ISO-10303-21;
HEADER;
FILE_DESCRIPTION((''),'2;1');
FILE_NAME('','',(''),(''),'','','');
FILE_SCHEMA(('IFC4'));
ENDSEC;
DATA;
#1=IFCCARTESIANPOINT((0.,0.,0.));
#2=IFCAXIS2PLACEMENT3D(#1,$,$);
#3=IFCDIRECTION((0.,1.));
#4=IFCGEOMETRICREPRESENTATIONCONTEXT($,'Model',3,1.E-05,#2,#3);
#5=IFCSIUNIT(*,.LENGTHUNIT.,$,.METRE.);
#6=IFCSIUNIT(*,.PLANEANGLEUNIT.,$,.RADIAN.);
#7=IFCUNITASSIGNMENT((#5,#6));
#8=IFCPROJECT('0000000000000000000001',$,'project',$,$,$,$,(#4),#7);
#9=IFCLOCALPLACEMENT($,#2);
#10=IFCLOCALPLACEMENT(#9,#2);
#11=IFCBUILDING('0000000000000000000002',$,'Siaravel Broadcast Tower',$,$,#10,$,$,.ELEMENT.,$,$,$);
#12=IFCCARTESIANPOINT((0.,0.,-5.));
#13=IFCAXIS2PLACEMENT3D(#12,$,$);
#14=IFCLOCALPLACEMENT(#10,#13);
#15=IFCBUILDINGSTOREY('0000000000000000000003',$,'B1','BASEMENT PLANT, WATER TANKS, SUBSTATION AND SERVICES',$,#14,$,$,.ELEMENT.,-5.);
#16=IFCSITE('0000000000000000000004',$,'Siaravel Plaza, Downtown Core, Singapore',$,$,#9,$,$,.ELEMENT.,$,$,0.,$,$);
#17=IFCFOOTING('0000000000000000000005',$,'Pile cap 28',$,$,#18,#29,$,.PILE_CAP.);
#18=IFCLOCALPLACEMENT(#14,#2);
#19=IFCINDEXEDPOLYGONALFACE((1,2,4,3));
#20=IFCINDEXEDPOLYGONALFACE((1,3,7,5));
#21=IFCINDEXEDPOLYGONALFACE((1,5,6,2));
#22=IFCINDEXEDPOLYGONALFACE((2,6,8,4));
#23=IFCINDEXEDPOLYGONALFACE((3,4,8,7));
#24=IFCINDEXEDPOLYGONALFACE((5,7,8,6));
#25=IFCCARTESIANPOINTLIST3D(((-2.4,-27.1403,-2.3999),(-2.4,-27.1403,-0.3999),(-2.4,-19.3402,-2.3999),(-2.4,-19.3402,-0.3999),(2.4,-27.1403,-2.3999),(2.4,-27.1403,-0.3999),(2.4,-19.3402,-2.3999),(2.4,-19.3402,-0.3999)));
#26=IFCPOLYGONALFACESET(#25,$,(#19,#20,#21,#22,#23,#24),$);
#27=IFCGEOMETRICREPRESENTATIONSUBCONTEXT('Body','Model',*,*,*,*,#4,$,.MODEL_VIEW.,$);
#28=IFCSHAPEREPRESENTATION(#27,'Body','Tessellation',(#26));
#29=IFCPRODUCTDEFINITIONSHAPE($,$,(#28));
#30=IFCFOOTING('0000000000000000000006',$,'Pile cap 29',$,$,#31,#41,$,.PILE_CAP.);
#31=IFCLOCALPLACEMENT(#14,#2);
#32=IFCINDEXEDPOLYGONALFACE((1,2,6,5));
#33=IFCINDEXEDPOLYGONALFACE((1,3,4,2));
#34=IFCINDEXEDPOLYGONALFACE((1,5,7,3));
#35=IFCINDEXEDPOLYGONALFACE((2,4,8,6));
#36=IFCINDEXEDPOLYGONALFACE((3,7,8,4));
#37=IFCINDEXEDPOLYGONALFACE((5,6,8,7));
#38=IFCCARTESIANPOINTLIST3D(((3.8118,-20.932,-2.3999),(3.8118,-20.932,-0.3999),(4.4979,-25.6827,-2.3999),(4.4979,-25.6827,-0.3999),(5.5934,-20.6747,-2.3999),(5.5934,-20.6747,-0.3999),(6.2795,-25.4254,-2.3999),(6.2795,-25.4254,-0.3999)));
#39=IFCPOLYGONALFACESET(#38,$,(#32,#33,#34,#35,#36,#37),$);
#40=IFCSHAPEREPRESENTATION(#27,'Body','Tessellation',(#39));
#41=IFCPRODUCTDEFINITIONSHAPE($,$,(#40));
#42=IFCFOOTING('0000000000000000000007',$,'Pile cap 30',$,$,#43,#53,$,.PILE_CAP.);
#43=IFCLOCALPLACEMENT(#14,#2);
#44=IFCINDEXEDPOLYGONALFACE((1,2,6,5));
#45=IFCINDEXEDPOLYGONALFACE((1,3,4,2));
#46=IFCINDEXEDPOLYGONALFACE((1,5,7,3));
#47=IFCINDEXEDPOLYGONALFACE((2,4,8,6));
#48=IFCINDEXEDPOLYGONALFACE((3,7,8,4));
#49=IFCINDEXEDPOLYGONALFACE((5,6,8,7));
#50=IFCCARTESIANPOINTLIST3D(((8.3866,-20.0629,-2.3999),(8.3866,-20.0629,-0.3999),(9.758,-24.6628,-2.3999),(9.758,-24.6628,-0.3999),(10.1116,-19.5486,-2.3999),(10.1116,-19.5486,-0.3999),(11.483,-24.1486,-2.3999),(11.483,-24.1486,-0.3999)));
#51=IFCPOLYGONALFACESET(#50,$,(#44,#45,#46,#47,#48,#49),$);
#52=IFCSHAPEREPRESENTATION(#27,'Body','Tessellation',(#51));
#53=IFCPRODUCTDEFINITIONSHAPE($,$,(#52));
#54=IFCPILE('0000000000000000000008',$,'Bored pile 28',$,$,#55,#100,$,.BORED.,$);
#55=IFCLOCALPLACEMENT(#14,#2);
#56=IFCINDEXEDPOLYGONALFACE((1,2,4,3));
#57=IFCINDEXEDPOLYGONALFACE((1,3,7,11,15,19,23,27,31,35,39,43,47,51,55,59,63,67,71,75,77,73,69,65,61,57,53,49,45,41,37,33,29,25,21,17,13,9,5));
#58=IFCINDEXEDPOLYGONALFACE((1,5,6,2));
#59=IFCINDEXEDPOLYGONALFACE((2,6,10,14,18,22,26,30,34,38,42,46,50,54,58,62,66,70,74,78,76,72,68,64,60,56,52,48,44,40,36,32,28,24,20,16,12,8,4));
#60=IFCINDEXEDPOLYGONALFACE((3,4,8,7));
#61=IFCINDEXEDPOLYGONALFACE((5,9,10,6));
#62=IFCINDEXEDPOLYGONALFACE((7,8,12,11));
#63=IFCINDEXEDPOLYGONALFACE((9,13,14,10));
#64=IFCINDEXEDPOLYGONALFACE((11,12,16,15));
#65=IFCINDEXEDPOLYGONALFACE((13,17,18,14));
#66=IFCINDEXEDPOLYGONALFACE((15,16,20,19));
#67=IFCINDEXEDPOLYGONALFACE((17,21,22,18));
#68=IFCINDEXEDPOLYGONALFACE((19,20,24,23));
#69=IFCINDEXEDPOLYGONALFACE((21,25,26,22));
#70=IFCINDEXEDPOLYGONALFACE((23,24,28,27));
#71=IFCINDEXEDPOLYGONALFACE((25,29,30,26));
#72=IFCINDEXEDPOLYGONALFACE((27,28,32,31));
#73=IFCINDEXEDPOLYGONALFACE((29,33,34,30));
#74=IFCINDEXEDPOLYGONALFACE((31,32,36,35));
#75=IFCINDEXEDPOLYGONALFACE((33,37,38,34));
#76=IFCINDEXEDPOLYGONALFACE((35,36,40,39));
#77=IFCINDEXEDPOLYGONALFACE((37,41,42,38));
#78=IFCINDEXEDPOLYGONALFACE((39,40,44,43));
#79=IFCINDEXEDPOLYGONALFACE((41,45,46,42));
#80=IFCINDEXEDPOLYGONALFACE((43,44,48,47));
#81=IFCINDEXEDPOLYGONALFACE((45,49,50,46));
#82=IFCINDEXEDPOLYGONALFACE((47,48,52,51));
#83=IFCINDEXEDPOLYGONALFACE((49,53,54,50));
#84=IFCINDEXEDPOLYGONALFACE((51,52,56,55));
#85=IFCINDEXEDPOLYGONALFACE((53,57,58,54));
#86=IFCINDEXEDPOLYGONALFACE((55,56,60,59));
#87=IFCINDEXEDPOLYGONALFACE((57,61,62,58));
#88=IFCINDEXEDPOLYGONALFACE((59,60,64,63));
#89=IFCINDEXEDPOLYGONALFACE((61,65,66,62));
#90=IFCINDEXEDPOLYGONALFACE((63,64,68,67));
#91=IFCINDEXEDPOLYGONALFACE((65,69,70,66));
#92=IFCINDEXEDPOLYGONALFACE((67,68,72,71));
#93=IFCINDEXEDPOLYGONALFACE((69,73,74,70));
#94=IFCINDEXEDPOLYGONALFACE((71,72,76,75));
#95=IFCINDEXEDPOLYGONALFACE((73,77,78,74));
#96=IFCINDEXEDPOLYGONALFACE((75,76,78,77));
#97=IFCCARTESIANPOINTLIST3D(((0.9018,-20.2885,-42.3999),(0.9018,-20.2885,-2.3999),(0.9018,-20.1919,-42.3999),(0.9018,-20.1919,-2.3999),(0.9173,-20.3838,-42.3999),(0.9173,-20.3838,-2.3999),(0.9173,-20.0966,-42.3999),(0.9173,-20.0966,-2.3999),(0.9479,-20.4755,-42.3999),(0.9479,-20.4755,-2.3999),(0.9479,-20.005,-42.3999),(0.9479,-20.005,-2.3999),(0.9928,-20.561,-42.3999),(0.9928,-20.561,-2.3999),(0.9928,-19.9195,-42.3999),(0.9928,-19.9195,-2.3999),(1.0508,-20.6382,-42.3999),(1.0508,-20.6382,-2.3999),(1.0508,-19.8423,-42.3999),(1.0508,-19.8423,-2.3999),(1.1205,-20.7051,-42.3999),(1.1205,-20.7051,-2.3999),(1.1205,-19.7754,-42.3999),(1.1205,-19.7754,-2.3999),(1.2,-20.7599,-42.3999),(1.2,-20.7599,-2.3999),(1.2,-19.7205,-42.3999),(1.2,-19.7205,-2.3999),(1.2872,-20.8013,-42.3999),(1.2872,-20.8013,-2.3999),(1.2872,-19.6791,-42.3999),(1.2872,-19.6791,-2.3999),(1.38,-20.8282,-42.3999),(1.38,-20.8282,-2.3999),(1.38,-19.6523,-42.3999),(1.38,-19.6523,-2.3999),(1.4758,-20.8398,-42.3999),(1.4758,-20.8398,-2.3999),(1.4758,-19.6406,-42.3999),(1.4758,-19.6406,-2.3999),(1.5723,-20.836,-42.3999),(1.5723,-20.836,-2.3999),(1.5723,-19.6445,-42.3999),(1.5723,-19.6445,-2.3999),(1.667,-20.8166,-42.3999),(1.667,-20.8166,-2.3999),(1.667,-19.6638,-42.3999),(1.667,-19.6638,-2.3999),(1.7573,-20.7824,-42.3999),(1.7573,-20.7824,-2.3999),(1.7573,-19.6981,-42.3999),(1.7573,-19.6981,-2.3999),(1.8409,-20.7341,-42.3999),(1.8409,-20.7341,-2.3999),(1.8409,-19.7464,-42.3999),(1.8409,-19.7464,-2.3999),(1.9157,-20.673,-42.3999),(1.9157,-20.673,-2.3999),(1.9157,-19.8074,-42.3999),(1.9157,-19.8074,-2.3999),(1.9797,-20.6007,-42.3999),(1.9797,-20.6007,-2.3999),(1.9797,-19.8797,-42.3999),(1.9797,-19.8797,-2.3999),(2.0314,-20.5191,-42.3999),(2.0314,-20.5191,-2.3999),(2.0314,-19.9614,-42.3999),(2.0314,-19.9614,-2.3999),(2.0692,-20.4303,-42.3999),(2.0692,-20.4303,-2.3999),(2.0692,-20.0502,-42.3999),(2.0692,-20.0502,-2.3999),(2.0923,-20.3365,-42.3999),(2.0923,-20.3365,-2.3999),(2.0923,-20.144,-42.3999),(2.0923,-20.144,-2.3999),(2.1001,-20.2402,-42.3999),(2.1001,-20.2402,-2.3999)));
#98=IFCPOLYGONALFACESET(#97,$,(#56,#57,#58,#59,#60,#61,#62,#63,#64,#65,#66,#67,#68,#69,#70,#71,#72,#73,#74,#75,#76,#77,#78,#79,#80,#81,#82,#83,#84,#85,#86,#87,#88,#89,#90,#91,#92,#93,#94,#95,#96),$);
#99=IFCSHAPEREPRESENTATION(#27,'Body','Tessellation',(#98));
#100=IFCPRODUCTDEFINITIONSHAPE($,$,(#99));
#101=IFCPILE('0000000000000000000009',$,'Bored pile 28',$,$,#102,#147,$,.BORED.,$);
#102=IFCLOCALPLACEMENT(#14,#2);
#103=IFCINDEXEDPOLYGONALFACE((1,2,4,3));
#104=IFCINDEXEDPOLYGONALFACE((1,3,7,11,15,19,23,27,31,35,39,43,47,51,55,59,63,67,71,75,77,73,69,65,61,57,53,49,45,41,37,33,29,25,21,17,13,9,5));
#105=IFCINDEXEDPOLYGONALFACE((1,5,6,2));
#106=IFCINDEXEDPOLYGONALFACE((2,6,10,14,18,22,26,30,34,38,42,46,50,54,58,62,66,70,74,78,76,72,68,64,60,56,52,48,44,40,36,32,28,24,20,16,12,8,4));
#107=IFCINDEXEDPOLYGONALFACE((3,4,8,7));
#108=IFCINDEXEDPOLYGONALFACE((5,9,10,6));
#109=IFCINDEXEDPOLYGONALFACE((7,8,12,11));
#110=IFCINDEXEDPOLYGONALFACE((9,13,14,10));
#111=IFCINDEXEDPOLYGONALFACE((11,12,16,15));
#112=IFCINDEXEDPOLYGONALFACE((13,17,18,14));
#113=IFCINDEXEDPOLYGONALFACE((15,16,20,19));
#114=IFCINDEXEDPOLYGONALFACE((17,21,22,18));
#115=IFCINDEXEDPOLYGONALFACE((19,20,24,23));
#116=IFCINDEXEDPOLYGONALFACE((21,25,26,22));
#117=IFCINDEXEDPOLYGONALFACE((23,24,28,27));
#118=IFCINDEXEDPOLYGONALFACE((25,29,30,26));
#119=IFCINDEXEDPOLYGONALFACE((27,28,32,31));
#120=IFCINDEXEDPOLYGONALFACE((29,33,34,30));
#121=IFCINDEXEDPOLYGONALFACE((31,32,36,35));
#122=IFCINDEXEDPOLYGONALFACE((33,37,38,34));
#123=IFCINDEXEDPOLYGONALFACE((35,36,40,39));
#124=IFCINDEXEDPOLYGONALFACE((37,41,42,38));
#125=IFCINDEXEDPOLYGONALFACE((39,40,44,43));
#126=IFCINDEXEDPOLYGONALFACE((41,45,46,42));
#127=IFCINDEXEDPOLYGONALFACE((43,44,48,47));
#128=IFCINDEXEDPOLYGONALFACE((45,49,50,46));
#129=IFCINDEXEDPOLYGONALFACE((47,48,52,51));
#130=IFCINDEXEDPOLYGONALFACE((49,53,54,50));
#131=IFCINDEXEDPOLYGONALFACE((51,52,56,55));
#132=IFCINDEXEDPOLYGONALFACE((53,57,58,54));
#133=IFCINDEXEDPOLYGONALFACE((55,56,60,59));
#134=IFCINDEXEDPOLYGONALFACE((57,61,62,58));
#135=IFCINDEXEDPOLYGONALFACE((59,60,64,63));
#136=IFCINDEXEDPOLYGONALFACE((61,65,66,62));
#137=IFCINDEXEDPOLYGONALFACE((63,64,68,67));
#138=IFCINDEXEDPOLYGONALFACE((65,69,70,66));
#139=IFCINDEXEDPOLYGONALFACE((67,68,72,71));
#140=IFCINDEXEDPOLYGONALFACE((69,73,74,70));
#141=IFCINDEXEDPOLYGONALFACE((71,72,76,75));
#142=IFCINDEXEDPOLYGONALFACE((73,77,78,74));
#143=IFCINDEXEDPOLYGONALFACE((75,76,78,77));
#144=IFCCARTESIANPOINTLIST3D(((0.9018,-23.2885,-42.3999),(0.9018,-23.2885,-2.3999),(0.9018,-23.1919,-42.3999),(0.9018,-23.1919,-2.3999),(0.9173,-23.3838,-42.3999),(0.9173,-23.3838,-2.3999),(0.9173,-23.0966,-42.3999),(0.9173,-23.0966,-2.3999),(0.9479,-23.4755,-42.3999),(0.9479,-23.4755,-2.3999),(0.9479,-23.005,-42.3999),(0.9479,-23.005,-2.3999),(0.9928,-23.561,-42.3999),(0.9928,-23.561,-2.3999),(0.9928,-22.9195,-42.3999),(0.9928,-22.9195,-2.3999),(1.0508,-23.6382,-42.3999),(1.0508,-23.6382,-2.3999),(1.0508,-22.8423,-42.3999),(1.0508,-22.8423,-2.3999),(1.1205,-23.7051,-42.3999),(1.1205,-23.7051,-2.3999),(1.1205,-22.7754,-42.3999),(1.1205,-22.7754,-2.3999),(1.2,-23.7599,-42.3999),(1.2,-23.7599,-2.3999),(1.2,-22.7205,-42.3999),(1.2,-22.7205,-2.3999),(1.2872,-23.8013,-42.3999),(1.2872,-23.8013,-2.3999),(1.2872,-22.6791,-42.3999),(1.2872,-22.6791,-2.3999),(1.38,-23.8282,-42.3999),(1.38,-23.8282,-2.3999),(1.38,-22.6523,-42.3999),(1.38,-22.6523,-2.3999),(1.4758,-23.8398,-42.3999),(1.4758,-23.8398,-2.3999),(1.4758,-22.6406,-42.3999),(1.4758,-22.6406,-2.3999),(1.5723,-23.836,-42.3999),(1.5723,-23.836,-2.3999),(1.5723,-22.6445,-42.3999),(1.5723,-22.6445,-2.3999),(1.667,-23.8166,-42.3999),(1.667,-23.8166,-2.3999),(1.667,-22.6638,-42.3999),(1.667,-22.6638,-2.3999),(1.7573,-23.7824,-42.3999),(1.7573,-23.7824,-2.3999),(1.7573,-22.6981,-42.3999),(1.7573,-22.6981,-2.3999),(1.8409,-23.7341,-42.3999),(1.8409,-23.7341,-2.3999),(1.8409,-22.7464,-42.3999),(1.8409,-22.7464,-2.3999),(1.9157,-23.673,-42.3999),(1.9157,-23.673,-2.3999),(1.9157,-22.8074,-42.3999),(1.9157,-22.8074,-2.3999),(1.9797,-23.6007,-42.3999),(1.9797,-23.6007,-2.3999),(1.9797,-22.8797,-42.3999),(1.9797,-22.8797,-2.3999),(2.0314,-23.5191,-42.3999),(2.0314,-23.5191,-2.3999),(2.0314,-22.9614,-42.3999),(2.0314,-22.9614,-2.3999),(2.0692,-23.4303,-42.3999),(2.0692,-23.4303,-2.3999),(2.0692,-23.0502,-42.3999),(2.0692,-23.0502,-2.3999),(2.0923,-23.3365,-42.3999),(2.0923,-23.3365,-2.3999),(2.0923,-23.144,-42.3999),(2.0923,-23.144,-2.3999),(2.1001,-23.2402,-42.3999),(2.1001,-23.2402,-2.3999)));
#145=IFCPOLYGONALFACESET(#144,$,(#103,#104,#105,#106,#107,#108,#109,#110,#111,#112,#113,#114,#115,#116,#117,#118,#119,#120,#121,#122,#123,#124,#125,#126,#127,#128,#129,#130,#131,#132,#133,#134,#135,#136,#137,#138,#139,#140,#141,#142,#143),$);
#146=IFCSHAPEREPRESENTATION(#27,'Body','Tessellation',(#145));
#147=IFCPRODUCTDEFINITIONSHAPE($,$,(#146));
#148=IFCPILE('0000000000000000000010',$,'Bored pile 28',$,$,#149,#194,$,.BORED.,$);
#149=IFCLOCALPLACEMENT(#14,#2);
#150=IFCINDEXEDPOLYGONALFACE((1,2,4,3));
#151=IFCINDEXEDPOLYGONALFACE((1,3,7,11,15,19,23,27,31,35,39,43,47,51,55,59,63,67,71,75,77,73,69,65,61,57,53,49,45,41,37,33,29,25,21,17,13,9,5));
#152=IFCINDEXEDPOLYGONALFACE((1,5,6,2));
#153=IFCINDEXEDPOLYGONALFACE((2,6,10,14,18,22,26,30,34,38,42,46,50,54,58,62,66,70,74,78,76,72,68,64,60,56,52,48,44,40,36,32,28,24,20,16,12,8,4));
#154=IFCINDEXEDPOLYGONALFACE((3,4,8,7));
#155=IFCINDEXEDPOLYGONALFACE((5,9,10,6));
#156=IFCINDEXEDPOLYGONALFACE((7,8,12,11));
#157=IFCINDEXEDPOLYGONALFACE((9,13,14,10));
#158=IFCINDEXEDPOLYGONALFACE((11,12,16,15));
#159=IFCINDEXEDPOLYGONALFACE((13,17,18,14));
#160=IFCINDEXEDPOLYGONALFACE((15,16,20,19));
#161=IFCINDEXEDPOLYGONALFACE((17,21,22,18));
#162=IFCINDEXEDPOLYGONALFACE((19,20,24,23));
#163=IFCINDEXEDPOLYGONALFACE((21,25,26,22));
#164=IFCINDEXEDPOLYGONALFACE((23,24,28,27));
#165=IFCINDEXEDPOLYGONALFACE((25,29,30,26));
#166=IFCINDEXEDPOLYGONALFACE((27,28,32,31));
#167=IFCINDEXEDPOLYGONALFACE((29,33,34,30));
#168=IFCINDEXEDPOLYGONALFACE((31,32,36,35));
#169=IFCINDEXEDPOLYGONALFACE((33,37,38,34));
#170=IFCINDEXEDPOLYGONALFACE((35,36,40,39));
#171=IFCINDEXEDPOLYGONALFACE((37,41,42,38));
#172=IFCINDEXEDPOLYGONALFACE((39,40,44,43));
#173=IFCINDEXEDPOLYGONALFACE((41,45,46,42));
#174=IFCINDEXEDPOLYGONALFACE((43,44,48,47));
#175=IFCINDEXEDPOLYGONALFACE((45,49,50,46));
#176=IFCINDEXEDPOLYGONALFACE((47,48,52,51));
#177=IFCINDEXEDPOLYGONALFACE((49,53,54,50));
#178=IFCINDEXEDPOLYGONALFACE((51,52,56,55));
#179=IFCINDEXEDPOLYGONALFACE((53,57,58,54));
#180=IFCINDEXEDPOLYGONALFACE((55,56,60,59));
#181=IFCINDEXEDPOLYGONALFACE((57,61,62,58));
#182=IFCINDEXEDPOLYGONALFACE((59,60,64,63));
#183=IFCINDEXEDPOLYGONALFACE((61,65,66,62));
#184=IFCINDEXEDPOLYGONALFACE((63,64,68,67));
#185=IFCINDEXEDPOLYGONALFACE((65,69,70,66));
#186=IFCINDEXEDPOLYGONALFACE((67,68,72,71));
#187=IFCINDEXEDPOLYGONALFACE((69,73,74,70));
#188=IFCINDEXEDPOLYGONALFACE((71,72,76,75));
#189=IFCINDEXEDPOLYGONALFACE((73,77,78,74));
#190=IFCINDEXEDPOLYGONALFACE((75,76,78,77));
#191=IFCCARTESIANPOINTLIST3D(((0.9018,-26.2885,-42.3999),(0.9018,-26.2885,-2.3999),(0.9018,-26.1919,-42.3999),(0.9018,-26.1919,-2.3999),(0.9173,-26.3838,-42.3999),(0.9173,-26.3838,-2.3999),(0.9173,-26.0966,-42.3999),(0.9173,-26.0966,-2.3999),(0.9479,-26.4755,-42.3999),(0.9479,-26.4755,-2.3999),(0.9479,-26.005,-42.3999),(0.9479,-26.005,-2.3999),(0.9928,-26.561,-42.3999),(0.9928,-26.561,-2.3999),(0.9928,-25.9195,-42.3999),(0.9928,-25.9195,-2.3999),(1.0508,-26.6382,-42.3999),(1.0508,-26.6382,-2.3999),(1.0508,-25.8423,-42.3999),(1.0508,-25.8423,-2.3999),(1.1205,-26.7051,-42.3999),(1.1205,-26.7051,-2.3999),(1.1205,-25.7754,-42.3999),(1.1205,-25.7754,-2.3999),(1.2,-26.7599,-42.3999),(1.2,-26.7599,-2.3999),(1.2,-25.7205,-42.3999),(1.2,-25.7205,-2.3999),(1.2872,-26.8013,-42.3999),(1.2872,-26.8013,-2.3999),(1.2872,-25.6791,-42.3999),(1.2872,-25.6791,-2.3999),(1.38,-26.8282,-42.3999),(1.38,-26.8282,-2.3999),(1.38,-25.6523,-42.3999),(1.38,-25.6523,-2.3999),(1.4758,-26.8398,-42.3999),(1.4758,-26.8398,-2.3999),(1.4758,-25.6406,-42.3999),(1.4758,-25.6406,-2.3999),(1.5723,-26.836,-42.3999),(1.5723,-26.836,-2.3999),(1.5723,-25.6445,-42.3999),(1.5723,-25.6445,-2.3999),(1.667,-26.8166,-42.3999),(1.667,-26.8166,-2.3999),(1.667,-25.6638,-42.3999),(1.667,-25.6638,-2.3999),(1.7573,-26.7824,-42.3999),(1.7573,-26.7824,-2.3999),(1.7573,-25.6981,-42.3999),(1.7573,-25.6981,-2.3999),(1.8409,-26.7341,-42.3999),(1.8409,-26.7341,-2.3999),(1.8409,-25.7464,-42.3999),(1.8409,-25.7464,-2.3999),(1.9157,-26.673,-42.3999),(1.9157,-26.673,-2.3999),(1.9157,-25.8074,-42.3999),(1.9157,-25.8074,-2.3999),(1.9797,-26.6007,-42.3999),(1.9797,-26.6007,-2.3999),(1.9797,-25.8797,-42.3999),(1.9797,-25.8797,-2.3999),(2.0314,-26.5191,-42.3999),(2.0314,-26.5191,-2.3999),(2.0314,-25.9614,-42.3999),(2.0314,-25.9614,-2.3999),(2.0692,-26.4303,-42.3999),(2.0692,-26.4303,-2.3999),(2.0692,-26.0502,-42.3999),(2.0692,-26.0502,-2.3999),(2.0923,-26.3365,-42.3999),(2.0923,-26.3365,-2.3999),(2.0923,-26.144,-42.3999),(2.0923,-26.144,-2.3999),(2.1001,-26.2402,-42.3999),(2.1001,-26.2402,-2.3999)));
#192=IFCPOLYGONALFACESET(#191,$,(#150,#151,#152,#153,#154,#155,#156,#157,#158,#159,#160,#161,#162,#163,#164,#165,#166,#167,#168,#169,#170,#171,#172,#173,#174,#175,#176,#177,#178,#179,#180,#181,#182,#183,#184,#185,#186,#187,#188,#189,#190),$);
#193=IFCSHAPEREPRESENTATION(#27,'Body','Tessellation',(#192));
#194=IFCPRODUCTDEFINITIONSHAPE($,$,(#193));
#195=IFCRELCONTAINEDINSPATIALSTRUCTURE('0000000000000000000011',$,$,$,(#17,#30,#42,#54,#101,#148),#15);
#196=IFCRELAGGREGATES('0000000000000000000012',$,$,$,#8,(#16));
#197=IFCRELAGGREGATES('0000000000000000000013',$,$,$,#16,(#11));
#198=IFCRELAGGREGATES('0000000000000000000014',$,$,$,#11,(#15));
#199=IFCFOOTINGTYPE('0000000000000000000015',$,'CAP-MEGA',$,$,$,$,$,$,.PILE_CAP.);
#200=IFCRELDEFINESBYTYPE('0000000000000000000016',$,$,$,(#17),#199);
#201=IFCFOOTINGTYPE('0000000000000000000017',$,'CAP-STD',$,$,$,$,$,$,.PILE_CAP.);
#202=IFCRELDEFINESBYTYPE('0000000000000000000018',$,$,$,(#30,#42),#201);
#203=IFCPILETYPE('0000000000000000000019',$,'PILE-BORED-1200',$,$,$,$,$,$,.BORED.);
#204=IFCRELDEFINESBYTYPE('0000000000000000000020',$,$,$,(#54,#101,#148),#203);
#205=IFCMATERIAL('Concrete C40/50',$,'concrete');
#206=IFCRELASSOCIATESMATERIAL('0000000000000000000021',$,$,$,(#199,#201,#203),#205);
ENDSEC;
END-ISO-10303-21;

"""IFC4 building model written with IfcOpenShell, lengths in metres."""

from ifc_helpers import new_model, si_unit, direction, frame, origin, origin_2d, place, context, subcontext, project, spatial, rectangle, circle, extrude, material, material_profile, profile_set, type_object, element, save


model = new_model("IFC4")

# Units and contexts
model_context = context("Model", 3, precision=1e-05, world=origin(), true_north=direction((0.0, 1.0)))
body_context = subcontext(model_context, "Body", "Model", "MODEL_VIEW")
ifc_project = project(units=[si_unit("LENGTHUNIT", "METRE"), si_unit("PLANEANGLEUNIT", "RADIAN")], contexts=[model_context])

# Site, building, storey
site_placement = place(None, origin())
site = spatial("IfcSite", under=ifc_project, at=site_placement, Name="Siaravel Plaza, Downtown Core, Singapore", CompositionType="ELEMENT", RefElevation=0.0)
building_placement = place(site_placement, origin())
building = spatial("IfcBuilding", under=site, at=building_placement, Name="Siaravel Broadcast Tower", CompositionType="ELEMENT")
storey_placement = place(building_placement, frame((0.0, 0.0, -5.0)))
storey = spatial("IfcBuildingStorey", under=building, at=storey_placement, Name="B1", Description="BASEMENT PLANT, WATER TANKS, SUBSTATION AND SERVICES", CompositionType="ELEMENT", Elevation=-5.0)

# Footings
ifc_material_1 = material(Name="Concrete C40/50", Category="concrete")
footing_type_1 = type_object("IfcFootingType", Name="CAP-MEGA", PredefinedType="PILE_CAP", material=ifc_material_1)
footing_placement = place(storey_placement, frame((0.0, -23.2402, -2.3999), z_axis=(0.0, 0.0, 1.0), x_axis=(0.0, -1.0, 0.0)))
element("IfcFooting", 1, at=footing_placement, inside=storey, type_object=footing_type_1, Name="Pile cap 28", PredefinedType="PILE_CAP", context=body_context, shape_type="SweptSolid", body=[
    extrude(rectangle(XDim=7.8, YDim=4.8, at=origin_2d()), origin(), (0.0, 0.0, 1.0), 2.0),
])
footing_type_2 = type_object("IfcFootingType", Name="CAP-STD", PredefinedType="PILE_CAP", material=ifc_material_1)
for number, where, z_axis, x_axis, name in (
    (2, (5.0457, -23.1787, -2.3999), (0.0, 0.0, 1.0), (0.14294, -0.989731, 0.0), "Pile cap 29"),
    (3, (9.9348, -22.1057, -2.3999), (0.0, 0.0, 1.0), (0.285705, -0.958318, 0.0), "Pile cap 30"),
):
    element("IfcFooting", number, at=place(storey_placement, frame(where, z_axis=z_axis, x_axis=x_axis)), inside=storey, type_object=footing_type_2, Name=name, PredefinedType="PILE_CAP", context=body_context, shape_type="SweptSolid", body=[
        extrude(rectangle(XDim=4.8, YDim=1.8, at=origin_2d()), origin(), (0.0, 0.0, 1.0), 2.0),
    ])

# Piles
ifc_material_profile_1 = material_profile(ifc_material_1, circle(Radius=0.6001, at=origin_2d()))
ifc_profile_set_1 = profile_set([ifc_material_profile_1], Name="Concrete C40/50")
pile_type_1 = type_object("IfcPileType", Name="PILE-BORED-1200", PredefinedType="BORED", material=ifc_profile_set_1)
for number, where, z_axis, x_axis, name in (
    (4, (1.5, -20.2402, -2.3999), (0.0, 0.0, -1.0), (1.0, 0.0, 0.0), "Bored pile 28"),
    (5, (1.5, -23.2402, -2.3999), (0.0, 0.0, -1.0), (1.0, 0.0, 0.0), "Bored pile 28"),
    (6, (1.5, -26.2402, -2.3999), (0.0, 0.0, -1.0), (1.0, 0.0, 0.0), "Bored pile 28"),
):
    element("IfcPile", number, at=place(storey_placement, frame(where, z_axis=z_axis, x_axis=x_axis)), inside=storey, type_object=pile_type_1, Name=name, PredefinedType="BORED", context=body_context, shape_type="SweptSolid", body=[
        extrude(circle(Radius=0.6001, at=origin_2d()), origin(), (0.0, 0.0, 1.0), 40.0),
    ])

save(model, "model.ifc")
